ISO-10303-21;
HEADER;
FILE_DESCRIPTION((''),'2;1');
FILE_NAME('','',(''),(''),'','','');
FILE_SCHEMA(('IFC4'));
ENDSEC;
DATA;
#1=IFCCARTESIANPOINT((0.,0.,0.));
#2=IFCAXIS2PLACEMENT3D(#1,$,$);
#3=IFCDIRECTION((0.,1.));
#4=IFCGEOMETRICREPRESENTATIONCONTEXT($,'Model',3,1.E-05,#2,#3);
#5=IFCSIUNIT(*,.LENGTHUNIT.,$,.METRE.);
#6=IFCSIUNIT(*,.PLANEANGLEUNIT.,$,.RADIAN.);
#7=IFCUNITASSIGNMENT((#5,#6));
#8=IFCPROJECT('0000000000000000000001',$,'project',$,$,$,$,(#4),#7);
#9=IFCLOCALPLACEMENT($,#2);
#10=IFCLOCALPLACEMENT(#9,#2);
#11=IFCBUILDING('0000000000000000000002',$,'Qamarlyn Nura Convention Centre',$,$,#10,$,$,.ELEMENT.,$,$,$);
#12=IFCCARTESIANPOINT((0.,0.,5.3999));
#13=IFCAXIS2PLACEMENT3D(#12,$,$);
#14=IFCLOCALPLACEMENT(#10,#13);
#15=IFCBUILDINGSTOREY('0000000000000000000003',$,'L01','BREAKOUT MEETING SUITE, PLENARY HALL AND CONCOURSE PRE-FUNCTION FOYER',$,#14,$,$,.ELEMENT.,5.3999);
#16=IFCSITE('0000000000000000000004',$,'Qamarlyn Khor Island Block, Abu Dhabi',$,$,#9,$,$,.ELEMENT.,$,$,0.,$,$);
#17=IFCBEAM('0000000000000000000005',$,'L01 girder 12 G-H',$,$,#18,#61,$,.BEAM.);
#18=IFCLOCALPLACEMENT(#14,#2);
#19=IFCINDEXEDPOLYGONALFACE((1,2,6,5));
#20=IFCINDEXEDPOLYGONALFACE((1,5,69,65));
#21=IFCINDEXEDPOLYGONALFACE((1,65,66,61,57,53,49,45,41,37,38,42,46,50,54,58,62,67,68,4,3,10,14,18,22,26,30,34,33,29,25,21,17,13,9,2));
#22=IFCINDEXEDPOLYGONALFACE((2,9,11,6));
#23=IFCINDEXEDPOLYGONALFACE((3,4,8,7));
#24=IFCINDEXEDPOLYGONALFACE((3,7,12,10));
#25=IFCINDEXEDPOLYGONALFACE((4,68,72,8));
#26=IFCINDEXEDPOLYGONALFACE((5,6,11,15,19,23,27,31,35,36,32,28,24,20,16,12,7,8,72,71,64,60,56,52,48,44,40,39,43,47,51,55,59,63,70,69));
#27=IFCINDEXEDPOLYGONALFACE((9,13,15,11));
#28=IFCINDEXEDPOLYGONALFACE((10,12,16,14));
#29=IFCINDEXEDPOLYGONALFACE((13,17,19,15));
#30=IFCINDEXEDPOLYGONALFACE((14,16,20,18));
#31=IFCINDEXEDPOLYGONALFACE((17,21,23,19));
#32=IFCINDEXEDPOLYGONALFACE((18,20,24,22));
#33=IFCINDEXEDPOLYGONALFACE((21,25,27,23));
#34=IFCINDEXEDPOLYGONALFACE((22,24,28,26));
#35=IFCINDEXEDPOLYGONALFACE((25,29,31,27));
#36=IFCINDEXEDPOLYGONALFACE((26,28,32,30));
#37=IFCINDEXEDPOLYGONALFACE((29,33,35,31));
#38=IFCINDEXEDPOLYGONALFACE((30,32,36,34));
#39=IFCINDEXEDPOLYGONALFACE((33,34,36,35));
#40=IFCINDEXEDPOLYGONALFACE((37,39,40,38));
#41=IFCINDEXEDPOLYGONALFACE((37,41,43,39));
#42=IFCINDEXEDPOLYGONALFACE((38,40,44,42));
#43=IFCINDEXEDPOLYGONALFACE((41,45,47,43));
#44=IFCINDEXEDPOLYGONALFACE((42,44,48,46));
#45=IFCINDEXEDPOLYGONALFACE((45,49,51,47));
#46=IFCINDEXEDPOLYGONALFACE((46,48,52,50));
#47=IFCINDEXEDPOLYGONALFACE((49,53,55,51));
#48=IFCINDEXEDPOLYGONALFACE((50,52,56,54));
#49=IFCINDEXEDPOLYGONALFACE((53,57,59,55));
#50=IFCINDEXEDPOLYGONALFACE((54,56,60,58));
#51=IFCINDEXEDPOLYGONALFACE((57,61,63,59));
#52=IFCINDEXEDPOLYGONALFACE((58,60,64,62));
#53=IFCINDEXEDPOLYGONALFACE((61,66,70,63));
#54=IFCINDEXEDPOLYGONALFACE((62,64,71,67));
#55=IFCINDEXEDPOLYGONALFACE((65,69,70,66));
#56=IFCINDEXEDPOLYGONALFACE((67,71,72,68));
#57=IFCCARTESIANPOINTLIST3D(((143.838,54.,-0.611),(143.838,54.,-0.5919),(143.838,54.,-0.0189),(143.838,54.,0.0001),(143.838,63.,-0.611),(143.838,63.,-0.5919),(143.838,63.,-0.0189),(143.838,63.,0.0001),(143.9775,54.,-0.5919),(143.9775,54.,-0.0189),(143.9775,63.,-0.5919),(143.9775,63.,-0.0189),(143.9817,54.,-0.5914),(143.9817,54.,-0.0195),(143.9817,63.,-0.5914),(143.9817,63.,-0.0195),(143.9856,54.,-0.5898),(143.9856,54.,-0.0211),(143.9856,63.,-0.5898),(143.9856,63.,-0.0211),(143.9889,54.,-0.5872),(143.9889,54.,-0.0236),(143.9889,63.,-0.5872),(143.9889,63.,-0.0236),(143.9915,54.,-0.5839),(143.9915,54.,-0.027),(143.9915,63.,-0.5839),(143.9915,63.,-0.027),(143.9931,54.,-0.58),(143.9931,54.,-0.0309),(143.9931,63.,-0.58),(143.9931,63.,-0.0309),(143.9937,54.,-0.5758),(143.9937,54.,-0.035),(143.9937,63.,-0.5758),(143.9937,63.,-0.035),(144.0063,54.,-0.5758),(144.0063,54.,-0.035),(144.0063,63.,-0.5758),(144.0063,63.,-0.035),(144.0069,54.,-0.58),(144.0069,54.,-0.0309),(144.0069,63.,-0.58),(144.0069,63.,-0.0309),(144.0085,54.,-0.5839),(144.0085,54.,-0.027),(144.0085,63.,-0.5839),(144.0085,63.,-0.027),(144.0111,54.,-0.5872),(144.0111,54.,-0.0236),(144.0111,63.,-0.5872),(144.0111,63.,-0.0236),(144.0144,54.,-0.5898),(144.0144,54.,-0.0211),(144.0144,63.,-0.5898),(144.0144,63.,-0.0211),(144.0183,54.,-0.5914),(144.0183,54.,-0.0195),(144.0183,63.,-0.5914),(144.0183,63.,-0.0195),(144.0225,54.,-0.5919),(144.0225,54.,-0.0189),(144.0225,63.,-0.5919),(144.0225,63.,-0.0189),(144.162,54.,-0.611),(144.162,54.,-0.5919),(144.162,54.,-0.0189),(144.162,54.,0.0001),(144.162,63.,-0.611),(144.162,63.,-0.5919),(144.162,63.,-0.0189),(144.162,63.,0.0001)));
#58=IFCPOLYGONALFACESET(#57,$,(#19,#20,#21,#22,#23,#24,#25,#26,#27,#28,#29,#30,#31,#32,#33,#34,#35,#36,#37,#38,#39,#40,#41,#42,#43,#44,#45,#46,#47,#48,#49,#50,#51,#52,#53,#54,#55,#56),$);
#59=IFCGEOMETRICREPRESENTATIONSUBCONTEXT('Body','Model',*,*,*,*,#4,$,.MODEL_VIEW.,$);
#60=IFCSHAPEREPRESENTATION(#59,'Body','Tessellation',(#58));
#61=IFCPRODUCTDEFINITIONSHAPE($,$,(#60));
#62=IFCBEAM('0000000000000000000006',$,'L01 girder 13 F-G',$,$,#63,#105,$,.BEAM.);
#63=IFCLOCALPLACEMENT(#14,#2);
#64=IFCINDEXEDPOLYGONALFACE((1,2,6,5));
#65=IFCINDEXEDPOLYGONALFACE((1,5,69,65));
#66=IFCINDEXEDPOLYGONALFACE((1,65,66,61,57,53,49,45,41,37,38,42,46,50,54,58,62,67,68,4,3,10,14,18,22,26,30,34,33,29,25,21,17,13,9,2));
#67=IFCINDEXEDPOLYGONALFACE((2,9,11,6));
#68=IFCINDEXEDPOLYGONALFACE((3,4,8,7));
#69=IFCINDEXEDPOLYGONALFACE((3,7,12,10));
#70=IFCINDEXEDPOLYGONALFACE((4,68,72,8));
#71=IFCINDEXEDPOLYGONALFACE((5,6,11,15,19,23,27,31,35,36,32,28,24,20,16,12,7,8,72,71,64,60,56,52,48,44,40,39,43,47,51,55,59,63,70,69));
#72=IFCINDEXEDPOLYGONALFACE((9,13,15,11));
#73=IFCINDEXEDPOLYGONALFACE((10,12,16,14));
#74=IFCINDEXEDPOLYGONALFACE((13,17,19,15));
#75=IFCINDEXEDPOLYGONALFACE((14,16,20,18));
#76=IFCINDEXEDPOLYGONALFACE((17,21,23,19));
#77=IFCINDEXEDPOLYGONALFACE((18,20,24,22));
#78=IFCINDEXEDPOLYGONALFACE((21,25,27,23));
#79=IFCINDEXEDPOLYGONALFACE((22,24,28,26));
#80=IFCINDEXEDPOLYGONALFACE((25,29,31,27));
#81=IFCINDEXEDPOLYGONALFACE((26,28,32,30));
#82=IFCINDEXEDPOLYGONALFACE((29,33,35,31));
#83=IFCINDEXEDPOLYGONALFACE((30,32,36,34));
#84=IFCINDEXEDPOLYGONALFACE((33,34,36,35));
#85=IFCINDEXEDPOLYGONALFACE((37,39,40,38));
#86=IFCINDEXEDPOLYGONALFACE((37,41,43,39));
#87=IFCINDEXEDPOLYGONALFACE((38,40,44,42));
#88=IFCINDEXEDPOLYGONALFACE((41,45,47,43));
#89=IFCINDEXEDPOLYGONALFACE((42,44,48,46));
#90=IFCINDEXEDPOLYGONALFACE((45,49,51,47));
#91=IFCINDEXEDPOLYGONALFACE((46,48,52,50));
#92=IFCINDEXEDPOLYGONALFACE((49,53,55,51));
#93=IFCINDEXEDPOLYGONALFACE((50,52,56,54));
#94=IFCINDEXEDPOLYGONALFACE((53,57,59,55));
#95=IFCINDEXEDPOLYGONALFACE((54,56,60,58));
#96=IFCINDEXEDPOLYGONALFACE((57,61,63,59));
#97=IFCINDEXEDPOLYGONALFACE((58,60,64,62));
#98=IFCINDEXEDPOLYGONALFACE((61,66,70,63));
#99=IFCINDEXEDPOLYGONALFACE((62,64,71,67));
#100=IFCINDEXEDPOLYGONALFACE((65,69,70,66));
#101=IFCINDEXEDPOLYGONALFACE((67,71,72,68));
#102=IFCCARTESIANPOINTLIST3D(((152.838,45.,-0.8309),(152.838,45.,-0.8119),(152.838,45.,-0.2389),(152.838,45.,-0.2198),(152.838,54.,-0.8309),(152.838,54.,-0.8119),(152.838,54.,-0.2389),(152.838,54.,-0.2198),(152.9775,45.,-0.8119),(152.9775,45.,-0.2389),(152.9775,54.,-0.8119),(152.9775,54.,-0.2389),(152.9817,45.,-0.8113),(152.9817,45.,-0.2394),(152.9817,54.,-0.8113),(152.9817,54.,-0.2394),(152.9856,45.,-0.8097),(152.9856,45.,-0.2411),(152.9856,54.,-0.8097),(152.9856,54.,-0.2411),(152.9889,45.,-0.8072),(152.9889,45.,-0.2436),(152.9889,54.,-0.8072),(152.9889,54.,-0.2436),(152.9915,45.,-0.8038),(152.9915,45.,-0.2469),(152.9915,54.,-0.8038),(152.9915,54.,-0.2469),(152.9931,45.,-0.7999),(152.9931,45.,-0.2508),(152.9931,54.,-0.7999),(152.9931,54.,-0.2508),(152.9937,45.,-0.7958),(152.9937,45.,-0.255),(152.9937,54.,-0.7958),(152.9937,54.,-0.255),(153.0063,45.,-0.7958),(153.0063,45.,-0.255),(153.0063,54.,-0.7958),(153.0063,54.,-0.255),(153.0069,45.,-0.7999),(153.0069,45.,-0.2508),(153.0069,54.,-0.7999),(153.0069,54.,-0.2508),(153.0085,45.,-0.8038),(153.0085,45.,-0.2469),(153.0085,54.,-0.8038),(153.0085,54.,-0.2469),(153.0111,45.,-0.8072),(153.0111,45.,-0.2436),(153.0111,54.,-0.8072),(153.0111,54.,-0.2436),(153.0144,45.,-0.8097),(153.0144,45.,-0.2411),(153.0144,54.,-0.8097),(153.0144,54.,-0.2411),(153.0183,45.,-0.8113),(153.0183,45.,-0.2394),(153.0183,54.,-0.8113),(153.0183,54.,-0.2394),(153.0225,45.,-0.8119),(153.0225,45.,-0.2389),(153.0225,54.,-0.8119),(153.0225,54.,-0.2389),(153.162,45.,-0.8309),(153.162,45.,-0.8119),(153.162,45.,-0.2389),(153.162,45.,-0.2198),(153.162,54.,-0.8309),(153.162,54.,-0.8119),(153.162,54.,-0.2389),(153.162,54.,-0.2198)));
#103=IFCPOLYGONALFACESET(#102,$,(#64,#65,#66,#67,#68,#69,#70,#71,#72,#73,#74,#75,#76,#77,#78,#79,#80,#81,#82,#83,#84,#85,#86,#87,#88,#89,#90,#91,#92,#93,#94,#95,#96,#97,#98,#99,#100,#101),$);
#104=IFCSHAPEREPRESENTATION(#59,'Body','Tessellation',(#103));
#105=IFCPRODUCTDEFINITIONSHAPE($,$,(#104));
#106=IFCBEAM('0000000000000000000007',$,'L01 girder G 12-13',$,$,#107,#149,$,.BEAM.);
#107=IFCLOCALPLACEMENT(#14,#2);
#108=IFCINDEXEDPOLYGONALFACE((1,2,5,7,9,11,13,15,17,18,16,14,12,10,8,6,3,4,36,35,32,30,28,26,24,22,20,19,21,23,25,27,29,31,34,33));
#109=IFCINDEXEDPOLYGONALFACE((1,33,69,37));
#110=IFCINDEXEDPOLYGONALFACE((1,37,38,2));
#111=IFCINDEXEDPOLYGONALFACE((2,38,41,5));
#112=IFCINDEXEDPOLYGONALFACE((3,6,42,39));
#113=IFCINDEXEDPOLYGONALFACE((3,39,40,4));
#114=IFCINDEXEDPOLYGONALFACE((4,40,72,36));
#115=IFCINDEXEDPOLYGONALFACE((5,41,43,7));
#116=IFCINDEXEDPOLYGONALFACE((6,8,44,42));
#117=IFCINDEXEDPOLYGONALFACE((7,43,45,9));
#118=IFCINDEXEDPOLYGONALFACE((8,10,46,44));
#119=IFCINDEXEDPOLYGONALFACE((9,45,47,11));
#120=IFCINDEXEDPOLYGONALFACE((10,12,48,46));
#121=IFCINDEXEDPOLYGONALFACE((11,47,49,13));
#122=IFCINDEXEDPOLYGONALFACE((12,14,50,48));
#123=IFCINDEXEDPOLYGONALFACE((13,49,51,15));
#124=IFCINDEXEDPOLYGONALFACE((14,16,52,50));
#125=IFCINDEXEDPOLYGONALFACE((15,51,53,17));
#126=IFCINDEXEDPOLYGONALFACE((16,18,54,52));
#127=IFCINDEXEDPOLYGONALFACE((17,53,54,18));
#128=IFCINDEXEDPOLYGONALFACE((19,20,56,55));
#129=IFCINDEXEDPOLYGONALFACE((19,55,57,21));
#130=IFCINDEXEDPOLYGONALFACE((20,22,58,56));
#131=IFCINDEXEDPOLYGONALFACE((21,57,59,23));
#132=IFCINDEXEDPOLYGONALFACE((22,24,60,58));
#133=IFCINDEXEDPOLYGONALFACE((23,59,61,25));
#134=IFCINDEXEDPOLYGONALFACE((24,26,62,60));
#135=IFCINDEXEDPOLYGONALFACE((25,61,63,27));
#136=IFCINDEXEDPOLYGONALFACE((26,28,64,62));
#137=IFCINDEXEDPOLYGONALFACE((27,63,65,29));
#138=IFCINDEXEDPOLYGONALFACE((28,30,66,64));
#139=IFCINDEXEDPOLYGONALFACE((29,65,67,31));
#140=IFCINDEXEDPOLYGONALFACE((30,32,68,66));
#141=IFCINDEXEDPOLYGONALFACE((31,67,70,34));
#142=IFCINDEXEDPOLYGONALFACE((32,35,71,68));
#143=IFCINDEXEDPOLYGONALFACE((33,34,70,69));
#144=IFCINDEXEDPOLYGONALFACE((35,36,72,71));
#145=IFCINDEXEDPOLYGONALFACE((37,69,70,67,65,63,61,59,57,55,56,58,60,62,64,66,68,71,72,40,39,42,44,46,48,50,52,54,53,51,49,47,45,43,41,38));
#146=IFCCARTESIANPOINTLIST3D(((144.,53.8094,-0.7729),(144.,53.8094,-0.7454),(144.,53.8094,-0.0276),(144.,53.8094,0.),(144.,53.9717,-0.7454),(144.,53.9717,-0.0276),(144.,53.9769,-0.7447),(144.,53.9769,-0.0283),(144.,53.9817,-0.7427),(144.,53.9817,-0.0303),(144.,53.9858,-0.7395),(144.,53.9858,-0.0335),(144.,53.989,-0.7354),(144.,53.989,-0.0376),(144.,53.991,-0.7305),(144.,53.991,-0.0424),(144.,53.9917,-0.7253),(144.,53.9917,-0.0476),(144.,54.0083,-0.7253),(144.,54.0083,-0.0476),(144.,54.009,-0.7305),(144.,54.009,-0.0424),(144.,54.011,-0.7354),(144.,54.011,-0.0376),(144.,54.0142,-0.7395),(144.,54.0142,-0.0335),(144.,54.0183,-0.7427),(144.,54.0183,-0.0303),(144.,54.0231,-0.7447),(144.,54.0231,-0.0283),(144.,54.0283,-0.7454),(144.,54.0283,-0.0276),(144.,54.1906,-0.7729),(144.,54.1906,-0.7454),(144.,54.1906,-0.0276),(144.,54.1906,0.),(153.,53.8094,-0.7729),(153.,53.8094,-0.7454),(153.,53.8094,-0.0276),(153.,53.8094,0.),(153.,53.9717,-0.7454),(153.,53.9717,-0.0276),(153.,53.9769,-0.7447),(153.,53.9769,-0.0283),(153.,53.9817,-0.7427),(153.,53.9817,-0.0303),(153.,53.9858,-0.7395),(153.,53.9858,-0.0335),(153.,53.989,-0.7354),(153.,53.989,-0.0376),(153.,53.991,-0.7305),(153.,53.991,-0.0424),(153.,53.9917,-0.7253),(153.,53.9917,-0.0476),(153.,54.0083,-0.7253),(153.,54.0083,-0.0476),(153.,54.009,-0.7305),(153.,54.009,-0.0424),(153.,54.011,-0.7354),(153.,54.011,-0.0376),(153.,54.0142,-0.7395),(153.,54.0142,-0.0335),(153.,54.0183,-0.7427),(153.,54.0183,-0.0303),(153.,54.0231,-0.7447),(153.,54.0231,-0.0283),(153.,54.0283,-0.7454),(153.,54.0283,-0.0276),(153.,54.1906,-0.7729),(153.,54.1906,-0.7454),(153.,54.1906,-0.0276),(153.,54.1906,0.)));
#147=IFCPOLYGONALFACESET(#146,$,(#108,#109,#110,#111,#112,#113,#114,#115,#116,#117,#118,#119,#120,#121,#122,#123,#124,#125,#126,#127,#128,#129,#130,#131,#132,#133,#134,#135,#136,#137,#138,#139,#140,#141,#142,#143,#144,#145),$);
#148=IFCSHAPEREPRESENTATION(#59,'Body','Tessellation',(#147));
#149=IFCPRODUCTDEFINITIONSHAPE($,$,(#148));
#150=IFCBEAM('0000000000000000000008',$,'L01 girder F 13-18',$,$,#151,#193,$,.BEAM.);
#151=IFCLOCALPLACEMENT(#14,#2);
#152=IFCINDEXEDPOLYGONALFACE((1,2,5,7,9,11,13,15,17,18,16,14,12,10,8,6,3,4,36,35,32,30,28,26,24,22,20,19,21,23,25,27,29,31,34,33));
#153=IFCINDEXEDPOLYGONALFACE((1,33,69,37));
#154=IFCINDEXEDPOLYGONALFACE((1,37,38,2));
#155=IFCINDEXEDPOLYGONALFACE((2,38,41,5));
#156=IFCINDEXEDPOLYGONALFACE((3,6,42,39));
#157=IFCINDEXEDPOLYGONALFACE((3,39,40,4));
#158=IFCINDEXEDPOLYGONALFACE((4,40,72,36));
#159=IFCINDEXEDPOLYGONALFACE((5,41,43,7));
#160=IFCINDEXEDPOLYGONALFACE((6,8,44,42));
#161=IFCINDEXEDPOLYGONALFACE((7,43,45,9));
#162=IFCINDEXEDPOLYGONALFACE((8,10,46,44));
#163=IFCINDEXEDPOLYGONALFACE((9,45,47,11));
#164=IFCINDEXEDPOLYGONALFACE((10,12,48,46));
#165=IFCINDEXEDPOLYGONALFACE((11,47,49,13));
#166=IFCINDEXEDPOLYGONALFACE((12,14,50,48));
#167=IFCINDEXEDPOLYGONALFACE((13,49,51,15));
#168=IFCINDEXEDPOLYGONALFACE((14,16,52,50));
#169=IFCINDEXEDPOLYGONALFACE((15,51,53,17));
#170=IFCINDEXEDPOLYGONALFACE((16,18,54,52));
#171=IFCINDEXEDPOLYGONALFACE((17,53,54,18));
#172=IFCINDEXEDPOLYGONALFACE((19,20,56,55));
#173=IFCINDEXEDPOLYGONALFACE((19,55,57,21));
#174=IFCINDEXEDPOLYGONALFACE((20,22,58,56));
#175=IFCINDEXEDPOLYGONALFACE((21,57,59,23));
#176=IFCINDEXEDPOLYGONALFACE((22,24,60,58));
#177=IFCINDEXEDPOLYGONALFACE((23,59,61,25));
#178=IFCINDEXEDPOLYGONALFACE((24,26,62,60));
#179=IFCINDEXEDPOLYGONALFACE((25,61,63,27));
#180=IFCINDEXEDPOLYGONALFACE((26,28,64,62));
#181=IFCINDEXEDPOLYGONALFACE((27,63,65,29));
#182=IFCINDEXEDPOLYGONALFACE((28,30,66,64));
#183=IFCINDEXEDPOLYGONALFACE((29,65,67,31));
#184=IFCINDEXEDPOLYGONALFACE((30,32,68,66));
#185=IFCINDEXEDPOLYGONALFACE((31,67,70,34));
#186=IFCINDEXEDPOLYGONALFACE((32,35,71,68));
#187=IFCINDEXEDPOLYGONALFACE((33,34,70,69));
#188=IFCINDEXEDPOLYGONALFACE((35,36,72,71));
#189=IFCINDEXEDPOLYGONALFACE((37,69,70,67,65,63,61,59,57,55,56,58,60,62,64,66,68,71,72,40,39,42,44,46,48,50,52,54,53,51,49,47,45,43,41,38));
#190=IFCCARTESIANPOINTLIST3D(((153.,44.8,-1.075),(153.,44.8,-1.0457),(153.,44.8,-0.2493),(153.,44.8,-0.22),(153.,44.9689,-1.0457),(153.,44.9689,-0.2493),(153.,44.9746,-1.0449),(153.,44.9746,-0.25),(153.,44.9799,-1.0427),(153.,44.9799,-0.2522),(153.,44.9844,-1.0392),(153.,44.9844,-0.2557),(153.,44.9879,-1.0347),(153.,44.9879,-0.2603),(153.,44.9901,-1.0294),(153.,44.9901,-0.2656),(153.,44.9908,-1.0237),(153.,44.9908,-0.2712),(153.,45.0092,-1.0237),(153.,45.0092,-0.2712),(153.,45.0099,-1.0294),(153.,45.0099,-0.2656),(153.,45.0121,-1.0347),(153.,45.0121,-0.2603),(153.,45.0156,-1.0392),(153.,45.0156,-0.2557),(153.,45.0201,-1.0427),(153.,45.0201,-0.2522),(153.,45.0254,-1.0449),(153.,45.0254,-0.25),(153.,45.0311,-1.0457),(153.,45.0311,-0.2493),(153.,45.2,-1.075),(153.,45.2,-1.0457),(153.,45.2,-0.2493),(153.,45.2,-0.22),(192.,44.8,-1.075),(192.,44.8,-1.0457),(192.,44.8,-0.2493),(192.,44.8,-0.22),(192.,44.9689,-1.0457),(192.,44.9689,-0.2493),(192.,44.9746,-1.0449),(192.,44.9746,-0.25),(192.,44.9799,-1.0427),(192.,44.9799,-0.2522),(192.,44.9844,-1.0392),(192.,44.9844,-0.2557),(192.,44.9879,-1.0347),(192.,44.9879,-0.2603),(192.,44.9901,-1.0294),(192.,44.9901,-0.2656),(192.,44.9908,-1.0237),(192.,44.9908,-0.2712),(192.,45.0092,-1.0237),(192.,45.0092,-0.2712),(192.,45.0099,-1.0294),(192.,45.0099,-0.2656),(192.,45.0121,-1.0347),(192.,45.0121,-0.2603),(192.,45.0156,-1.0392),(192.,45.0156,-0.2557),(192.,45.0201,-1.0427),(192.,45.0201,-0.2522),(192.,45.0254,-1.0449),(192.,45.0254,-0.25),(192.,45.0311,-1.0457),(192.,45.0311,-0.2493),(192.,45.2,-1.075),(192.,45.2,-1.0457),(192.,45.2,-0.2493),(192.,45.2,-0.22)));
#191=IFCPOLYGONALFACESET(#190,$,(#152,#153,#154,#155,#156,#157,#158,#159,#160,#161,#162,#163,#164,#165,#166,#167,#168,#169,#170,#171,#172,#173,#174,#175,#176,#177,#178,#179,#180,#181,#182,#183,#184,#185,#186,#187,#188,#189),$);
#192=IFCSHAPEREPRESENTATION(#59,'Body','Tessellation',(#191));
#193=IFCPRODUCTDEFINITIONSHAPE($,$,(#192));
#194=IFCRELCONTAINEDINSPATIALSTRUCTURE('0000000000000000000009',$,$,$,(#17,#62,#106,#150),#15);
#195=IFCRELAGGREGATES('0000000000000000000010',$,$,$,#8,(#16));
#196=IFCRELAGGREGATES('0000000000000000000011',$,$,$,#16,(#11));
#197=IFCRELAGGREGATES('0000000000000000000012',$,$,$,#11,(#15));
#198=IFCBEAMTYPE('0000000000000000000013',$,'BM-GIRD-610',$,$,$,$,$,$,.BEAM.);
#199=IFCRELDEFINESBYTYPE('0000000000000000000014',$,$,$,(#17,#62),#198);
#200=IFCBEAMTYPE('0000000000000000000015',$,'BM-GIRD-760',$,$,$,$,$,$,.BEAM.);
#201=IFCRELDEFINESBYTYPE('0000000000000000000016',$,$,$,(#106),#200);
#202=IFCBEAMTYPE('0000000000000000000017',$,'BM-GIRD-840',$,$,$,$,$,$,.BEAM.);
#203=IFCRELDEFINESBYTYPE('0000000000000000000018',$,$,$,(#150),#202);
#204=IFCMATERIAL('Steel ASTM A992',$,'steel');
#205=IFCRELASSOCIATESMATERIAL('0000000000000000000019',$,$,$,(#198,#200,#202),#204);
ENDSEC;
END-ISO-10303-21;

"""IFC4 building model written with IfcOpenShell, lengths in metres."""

from ifc_helpers import new_model, si_unit, direction, frame, origin, origin_2d, place, context, subcontext, project, spatial, i_section, extrude, material, material_profile, profile_set, type_object, element, save


model = new_model("IFC4")

# Units and contexts
model_context = context("Model", 3, precision=1e-05, world=origin(), true_north=direction((0.0, 1.0)))
body_context = subcontext(model_context, "Body", "Model", "MODEL_VIEW")
ifc_project = project(units=[si_unit("LENGTHUNIT", "METRE"), si_unit("PLANEANGLEUNIT", "RADIAN")], contexts=[model_context])

# Site, building, storey
site_placement = place(None, origin())
site = spatial("IfcSite", under=ifc_project, at=site_placement, Name="Qamarlyn Khor Island Block, Abu Dhabi", CompositionType="ELEMENT", RefElevation=0.0)
building_placement = place(site_placement, origin())
building = spatial("IfcBuilding", under=site, at=building_placement, Name="Qamarlyn Nura Convention Centre", CompositionType="ELEMENT")
storey_placement = place(building_placement, frame((0.0, 0.0, 5.3999)))
storey = spatial("IfcBuildingStorey", under=building, at=storey_placement, Name="L01", Description="BREAKOUT MEETING SUITE, PLENARY HALL AND CONCOURSE PRE-FUNCTION FOYER", CompositionType="ELEMENT", Elevation=5.3999)

# Shared definitions
ifc_material_1 = material(Name="Steel ASTM A992", Category="steel")

# Beams
ifc_material_profile_1 = material_profile(ifc_material_1, i_section(OverallWidth=0.324, OverallDepth=0.6111, WebThickness=0.0127, FlangeThickness=0.019, FilletRadius=0.0161, at=origin_2d()), Name="W610X155")
ifc_profile_set_1 = profile_set([ifc_material_profile_1], Name="Steel ASTM A992")
beam_type_1 = type_object("IfcBeamType", Name="BM-GIRD-610", PredefinedType="BEAM", material=ifc_profile_set_1)
for number, where, z_axis, x_axis, name in (
    (1, (144.0, 54.0, -0.3054), (0.0, 1.0, 0.0), (-1.0, 0.0, 0.0), "L01 girder 12 G-H"),
    (2, (153.0, 45.0, -0.5254), (0.0, 1.0, 0.0), (-1.0, 0.0, 0.0), "L01 girder 13 F-G"),
):
    element("IfcBeam", number, at=place(storey_placement, frame(where, z_axis=z_axis, x_axis=x_axis)), inside=storey, type_object=beam_type_1, Name=name, PredefinedType="BEAM", context=body_context, shape_type="SweptSolid", body=[
        extrude(i_section(OverallWidth=0.324, OverallDepth=0.6111, WebThickness=0.0127, FlangeThickness=0.019, FilletRadius=0.0161, at=origin_2d()), origin(), (0.0, 0.0, 1.0), 9.0),
    ])
ifc_material_profile_2 = material_profile(ifc_material_1, i_section(OverallWidth=0.3811, OverallDepth=0.7729, WebThickness=0.0166, FlangeThickness=0.0276, FilletRadius=0.02, at=origin_2d()), Name="W760X257")
ifc_profile_set_2 = profile_set([ifc_material_profile_2], Name="Steel ASTM A992")
beam_type_2 = type_object("IfcBeamType", Name="BM-GIRD-760", PredefinedType="BEAM", material=ifc_profile_set_2)
beam_1_placement = place(storey_placement, frame((144.0, 54.0, -0.3865), z_axis=(1.0, 0.0, 0.0), x_axis=(0.0, 1.0, 0.0)))
element("IfcBeam", 3, at=beam_1_placement, inside=storey, type_object=beam_type_2, Name="L01 girder G 12-13", PredefinedType="BEAM", context=body_context, shape_type="SweptSolid", body=[
    extrude(i_section(OverallWidth=0.3811, OverallDepth=0.7729, WebThickness=0.0166, FlangeThickness=0.0276, FilletRadius=0.02, at=origin_2d()), origin(), (0.0, 0.0, 1.0), 9.0),
])
ifc_material_profile_3 = material_profile(ifc_material_1, i_section(OverallWidth=0.3999, OverallDepth=0.855, WebThickness=0.0183, FlangeThickness=0.0293, FilletRadius=0.022, at=origin_2d()), Name="W840X299")
ifc_profile_set_3 = profile_set([ifc_material_profile_3], Name="Steel ASTM A992")
beam_type_3 = type_object("IfcBeamType", Name="BM-GIRD-840", PredefinedType="BEAM", material=ifc_profile_set_3)
beam_2_placement = place(storey_placement, frame((153.0, 45.0, -0.6475), z_axis=(1.0, 0.0, 0.0), x_axis=(0.0, 1.0, 0.0)))
element("IfcBeam", 4, at=beam_2_placement, inside=storey, type_object=beam_type_3, Name="L01 girder F 13-18", PredefinedType="BEAM", context=body_context, shape_type="SweptSolid", body=[
    extrude(i_section(OverallWidth=0.3999, OverallDepth=0.855, WebThickness=0.0183, FlangeThickness=0.0293, FilletRadius=0.022, at=origin_2d()), origin(), (0.0, 0.0, 1.0), 39.0),
])

save(model, "model.ifc")
